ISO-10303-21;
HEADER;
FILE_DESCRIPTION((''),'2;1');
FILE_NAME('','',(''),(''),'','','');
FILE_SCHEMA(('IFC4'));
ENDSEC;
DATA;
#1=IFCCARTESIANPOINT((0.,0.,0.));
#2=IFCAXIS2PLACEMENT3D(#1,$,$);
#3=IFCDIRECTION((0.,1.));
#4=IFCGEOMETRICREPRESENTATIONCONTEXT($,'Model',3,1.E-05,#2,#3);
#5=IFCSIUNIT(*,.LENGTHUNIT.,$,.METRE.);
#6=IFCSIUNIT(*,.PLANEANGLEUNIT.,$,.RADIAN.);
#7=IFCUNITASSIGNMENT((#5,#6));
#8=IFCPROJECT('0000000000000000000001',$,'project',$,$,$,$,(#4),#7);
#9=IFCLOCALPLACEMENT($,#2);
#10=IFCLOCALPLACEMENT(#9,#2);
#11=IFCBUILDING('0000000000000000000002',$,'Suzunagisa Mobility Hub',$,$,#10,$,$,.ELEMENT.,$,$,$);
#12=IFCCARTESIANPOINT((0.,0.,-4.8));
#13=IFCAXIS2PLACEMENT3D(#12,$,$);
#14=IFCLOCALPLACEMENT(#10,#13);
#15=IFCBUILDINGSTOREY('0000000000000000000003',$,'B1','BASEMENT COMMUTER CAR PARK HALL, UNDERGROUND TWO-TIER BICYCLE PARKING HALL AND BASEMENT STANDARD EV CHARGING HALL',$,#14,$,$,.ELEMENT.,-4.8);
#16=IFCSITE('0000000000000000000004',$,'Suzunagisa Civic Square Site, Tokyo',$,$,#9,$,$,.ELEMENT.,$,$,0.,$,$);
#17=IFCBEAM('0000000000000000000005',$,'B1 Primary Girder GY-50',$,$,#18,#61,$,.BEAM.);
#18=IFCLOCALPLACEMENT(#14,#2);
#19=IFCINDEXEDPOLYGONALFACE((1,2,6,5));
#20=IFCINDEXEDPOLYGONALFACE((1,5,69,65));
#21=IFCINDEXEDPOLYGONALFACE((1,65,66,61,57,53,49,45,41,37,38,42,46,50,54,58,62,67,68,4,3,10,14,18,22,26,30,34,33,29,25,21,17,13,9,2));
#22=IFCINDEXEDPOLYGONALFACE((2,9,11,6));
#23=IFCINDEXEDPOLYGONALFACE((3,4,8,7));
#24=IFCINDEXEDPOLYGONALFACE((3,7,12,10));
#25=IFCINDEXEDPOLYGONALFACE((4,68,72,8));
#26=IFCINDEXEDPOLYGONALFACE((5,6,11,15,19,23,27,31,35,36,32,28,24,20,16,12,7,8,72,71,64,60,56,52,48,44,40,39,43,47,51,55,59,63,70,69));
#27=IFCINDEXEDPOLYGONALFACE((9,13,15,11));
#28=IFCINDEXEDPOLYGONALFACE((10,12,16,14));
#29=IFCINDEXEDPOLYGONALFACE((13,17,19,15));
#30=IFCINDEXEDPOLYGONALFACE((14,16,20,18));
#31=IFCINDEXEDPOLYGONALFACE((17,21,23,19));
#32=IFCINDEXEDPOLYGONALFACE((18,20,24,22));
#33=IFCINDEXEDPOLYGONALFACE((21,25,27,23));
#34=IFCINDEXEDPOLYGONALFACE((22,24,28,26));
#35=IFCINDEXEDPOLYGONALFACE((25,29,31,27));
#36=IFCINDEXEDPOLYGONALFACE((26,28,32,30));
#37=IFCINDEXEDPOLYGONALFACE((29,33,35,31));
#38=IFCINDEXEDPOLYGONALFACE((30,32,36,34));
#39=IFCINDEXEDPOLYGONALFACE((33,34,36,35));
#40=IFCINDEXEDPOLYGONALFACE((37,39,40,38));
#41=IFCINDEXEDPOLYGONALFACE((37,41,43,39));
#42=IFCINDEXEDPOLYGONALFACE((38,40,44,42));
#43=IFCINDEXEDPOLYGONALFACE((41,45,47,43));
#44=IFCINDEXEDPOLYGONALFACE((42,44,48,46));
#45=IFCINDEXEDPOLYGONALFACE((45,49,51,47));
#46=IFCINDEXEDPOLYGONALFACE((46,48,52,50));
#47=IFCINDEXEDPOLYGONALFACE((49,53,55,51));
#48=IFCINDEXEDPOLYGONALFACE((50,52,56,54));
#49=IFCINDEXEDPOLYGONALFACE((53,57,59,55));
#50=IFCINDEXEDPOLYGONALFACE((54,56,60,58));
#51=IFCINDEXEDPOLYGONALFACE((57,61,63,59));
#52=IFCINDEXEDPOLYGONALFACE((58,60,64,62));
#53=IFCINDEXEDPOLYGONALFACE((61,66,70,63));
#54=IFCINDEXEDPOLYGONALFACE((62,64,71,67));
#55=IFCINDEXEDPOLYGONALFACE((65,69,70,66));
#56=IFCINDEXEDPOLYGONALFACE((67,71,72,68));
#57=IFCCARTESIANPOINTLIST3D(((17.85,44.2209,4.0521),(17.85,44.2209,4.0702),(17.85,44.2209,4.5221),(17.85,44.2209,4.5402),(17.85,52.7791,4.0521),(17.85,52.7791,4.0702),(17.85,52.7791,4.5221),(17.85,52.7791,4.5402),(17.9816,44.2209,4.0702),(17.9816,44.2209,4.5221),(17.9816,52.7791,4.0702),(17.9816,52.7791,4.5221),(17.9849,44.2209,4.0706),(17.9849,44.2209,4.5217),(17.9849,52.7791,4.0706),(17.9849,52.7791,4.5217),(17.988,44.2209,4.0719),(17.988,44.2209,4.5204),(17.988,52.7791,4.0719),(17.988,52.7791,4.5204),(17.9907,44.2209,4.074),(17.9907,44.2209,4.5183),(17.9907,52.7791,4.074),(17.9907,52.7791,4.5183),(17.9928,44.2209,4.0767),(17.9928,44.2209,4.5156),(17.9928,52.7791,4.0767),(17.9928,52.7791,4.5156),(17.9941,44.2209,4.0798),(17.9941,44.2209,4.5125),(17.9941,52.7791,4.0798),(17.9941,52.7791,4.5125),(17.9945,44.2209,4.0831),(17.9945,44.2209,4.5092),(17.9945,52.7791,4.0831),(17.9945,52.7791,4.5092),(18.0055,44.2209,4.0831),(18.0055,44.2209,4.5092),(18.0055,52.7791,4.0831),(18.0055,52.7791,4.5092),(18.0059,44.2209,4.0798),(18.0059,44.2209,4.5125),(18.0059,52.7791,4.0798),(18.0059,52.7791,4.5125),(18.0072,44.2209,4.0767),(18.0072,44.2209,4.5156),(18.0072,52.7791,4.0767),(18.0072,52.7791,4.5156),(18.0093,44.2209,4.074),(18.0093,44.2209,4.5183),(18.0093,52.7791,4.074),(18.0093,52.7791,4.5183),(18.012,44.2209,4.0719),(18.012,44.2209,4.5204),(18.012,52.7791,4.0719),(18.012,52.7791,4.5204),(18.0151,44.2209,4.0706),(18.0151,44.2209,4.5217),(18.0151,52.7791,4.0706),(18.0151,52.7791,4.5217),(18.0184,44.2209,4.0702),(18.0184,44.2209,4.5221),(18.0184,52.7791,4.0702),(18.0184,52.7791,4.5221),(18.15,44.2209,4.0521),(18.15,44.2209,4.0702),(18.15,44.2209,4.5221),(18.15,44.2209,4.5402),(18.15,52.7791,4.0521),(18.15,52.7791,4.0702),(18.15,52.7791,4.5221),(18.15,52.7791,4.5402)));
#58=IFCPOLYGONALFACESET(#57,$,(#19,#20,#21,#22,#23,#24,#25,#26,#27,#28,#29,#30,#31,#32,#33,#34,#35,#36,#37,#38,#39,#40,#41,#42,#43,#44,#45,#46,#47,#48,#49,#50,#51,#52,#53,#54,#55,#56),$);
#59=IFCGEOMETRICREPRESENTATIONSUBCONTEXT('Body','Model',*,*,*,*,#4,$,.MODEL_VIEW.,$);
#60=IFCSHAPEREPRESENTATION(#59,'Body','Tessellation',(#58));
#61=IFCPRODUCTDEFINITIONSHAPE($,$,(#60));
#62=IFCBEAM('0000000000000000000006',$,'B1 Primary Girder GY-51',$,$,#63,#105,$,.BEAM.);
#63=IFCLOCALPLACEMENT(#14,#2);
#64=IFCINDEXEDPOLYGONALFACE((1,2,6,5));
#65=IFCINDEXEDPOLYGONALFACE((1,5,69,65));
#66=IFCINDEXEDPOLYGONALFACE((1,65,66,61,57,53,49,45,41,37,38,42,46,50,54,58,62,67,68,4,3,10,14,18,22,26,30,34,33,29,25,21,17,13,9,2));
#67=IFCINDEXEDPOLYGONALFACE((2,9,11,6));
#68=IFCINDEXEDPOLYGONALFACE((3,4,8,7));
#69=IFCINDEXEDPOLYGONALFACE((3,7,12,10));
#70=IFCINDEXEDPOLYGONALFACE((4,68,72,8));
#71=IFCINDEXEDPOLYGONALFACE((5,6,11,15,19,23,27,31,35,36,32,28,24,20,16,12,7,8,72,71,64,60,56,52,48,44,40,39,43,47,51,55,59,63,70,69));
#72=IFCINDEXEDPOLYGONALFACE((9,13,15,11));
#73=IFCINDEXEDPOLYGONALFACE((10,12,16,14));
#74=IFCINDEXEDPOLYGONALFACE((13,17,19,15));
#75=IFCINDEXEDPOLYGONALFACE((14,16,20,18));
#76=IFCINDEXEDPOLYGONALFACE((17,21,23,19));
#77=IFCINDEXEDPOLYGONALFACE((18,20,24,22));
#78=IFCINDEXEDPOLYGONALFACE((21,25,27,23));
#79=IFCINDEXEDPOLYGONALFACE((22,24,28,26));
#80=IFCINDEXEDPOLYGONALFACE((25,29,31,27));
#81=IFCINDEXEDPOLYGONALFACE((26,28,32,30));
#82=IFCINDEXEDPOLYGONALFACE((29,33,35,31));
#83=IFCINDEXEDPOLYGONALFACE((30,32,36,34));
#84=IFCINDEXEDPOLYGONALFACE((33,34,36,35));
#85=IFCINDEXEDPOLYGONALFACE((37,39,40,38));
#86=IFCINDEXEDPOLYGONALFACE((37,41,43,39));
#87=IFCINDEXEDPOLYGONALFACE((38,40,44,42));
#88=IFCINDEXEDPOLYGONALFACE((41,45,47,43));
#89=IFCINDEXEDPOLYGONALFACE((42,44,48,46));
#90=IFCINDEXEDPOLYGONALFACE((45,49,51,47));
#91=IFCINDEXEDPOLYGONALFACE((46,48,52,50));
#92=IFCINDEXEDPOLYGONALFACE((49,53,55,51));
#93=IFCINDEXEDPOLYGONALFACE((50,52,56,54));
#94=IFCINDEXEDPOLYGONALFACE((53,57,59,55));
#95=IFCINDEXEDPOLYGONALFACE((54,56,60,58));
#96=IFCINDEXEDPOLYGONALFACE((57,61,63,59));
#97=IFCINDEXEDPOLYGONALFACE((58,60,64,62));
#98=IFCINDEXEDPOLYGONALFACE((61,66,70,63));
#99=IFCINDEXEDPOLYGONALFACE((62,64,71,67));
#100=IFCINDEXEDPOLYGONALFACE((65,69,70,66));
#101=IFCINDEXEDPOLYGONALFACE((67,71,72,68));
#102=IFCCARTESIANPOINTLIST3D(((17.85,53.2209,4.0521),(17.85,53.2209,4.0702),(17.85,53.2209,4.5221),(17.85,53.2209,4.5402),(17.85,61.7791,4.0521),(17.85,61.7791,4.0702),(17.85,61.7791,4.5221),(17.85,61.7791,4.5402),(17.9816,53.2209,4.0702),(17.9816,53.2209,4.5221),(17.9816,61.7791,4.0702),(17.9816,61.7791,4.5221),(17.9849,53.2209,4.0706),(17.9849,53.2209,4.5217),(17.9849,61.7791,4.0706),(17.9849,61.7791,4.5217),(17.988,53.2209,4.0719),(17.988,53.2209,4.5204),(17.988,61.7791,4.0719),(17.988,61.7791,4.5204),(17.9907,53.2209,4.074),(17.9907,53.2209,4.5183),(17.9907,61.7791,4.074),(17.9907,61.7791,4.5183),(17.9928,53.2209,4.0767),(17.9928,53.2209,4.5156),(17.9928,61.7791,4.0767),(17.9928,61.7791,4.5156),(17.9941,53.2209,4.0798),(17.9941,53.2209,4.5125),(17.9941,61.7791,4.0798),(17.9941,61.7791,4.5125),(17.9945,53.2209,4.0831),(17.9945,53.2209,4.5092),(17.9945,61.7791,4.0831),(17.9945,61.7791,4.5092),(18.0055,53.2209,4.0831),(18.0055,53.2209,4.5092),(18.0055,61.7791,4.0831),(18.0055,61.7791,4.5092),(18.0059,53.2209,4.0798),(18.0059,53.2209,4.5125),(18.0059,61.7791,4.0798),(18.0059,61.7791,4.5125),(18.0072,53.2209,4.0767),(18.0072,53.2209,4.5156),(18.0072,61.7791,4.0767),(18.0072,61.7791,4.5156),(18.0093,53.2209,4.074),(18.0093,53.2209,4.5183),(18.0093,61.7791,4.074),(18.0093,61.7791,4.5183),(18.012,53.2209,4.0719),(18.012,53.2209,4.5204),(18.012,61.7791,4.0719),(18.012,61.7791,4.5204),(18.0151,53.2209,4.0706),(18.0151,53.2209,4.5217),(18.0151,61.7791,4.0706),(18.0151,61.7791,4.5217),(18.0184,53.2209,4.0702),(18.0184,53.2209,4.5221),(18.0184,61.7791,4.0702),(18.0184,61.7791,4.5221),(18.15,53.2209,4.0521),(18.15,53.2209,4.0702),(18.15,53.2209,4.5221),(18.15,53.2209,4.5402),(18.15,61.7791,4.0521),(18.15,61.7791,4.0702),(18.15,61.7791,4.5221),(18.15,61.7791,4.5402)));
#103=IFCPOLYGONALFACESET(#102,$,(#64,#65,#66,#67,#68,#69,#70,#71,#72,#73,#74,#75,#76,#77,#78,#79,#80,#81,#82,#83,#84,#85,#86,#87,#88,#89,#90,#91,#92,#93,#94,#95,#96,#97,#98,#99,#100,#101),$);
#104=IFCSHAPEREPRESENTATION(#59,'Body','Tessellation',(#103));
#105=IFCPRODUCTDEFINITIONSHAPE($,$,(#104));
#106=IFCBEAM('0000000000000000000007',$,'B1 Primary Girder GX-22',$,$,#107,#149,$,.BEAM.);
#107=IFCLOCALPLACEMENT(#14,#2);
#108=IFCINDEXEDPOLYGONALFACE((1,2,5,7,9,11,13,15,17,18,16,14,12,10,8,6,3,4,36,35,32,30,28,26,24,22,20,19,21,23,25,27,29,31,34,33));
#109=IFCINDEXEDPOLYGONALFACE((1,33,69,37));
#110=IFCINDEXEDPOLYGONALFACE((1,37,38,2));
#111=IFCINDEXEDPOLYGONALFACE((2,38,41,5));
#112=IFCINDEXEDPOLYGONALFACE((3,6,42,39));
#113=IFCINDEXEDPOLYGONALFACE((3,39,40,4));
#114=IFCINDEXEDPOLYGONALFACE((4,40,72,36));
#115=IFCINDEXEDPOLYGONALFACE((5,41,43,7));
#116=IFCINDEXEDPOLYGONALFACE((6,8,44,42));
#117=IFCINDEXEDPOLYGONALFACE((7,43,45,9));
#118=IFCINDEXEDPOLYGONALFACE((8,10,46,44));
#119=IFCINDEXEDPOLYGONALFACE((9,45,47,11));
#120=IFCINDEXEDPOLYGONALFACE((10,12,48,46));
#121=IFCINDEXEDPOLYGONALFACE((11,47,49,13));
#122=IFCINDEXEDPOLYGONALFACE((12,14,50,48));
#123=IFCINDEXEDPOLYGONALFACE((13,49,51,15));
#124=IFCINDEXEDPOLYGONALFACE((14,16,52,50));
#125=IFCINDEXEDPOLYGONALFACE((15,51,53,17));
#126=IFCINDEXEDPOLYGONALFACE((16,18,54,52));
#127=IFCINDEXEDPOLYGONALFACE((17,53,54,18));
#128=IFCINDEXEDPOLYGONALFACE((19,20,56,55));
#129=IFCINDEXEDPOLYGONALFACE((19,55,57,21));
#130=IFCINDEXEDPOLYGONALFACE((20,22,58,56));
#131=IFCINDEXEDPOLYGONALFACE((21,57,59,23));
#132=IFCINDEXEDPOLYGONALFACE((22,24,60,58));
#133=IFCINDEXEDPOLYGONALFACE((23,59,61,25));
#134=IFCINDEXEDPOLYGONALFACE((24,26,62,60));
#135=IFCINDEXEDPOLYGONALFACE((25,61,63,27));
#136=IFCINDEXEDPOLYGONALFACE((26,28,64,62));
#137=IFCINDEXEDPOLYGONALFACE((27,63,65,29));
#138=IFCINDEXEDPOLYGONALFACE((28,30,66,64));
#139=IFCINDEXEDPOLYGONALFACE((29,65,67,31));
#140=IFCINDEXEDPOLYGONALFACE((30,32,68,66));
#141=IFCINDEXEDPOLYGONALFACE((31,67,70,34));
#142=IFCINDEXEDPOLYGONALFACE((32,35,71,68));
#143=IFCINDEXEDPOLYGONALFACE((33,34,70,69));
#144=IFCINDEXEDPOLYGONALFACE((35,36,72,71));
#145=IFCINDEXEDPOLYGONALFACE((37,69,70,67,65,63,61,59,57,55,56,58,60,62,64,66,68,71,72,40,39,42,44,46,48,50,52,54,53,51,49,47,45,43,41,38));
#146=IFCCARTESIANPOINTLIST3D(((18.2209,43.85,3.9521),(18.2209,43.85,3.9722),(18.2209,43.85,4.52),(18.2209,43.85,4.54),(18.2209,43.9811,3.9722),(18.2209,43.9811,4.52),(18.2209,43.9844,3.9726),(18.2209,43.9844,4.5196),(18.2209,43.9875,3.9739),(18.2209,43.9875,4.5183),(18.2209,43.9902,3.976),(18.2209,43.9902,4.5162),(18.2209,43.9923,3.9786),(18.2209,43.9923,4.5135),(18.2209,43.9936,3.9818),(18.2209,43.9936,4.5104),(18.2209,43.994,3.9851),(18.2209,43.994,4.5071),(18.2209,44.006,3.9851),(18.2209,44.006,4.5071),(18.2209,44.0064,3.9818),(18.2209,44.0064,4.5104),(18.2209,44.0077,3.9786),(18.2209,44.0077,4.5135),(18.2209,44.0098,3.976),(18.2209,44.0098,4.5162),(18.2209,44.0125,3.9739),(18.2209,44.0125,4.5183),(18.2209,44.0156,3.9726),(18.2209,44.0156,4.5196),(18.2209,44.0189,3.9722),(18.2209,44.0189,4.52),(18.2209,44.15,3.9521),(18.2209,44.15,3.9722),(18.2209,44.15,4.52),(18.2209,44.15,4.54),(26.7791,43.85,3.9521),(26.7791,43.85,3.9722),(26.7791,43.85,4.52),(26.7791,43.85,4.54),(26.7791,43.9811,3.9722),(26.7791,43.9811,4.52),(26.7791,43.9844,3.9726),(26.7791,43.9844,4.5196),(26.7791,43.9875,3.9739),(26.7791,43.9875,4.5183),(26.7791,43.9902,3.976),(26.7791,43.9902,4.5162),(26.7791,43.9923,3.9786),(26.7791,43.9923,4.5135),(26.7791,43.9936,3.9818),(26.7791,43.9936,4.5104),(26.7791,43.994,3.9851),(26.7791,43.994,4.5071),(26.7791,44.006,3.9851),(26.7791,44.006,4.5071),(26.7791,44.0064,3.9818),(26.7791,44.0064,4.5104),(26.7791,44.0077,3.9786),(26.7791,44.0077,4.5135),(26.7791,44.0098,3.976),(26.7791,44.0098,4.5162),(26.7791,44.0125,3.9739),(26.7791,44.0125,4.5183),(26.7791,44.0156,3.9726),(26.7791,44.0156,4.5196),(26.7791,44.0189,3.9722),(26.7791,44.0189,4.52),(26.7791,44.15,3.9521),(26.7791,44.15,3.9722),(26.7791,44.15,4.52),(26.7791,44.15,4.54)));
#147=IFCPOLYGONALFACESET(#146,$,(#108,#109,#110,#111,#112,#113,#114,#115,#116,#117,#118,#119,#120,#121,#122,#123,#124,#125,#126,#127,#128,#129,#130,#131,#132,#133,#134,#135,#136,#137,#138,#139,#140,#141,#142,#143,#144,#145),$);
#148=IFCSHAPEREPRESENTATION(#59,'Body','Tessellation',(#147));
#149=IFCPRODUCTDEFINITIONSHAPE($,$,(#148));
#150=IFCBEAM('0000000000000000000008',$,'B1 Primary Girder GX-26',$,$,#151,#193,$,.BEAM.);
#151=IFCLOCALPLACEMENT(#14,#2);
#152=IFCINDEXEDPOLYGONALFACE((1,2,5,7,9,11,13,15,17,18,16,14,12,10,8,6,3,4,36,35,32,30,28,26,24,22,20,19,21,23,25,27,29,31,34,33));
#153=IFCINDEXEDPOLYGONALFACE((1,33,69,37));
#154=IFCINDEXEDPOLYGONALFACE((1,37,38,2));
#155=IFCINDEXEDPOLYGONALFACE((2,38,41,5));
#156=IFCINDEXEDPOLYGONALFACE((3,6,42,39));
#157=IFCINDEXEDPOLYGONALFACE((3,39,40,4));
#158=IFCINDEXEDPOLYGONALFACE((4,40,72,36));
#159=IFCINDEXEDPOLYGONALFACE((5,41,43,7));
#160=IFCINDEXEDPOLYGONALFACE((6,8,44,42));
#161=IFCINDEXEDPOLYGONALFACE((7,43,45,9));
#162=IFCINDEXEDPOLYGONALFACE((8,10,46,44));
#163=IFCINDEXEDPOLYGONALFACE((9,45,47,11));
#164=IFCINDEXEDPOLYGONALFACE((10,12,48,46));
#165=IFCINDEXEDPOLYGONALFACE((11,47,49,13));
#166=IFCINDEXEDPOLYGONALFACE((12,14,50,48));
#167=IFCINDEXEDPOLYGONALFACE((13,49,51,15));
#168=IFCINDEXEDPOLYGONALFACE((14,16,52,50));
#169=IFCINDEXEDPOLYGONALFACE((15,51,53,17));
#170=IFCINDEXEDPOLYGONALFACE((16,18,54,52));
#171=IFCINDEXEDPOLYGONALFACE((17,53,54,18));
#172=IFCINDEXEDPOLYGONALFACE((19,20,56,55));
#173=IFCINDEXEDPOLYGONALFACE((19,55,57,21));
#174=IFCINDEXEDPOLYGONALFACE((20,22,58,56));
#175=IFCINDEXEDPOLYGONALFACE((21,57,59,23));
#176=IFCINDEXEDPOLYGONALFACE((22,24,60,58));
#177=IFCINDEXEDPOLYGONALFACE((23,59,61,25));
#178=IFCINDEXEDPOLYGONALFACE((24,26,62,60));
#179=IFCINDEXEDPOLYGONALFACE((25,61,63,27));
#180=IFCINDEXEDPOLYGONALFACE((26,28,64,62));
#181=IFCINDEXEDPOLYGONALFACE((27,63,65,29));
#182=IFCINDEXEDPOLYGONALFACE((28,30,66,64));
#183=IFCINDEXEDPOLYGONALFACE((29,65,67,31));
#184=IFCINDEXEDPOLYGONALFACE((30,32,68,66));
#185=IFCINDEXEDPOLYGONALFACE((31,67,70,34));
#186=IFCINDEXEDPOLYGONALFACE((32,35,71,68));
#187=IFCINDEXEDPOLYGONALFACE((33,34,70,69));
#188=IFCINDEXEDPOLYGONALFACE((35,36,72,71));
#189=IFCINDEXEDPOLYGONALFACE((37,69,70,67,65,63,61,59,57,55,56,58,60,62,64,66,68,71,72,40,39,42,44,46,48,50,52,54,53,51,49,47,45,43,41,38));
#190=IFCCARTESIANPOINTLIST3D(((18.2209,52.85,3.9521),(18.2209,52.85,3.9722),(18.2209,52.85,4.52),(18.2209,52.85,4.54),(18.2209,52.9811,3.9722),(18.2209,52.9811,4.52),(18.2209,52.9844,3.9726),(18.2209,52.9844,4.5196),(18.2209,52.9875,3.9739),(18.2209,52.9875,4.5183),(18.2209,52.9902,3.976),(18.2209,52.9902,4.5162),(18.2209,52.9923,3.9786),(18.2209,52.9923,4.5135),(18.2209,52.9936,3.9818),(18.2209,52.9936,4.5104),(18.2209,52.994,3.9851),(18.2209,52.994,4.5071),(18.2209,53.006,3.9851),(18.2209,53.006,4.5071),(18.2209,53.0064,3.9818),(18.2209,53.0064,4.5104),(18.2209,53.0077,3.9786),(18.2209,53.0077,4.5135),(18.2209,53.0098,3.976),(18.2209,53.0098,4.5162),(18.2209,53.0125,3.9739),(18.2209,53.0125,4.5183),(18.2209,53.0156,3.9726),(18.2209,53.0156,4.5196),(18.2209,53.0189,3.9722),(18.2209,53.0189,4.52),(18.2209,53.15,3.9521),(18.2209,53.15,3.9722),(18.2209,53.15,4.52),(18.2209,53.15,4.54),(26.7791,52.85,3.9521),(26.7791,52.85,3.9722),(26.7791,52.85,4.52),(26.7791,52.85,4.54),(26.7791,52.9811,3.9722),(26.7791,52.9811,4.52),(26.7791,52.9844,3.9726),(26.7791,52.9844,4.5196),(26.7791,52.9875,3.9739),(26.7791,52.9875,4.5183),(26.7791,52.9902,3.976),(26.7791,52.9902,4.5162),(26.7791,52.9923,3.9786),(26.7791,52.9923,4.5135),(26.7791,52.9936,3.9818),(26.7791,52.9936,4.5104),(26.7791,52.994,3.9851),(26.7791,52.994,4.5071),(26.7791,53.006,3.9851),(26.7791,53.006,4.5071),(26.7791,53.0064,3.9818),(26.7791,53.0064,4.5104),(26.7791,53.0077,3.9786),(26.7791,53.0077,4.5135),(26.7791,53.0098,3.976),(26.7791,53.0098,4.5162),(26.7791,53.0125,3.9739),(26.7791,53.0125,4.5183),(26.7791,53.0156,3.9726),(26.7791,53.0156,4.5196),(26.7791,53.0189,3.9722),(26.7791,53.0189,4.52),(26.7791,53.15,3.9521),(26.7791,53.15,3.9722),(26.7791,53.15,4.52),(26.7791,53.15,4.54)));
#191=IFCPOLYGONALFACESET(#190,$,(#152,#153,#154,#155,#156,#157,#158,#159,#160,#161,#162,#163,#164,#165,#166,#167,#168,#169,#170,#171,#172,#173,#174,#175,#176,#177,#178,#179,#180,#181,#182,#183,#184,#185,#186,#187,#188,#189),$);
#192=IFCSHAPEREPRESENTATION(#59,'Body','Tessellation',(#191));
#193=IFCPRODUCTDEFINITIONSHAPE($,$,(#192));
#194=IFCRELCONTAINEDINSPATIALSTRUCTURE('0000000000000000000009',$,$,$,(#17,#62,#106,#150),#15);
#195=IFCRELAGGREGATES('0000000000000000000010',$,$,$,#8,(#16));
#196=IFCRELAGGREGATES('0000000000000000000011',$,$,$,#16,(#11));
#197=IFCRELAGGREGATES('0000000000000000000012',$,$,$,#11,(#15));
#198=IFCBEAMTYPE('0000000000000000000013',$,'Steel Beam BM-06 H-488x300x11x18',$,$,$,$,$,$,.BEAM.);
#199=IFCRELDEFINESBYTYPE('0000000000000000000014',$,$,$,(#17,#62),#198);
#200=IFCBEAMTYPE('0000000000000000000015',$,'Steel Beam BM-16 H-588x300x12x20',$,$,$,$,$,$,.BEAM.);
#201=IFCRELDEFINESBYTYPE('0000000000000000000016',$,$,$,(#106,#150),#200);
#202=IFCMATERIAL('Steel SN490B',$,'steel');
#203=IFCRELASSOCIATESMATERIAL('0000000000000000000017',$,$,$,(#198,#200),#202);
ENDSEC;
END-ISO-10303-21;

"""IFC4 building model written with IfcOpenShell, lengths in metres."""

from ifc_helpers import new_model, si_unit, direction, frame, origin, origin_2d, place, context, subcontext, project, spatial, i_section, extrude, material, material_profile, profile_set, type_object, element, save


model = new_model("IFC4")

# Units and contexts
model_context = context("Model", 3, precision=1e-05, world=origin(), true_north=direction((0.0, 1.0)))
body_context = subcontext(model_context, "Body", "Model", "MODEL_VIEW")
ifc_project = project(units=[si_unit("LENGTHUNIT", "METRE"), si_unit("PLANEANGLEUNIT", "RADIAN")], contexts=[model_context])

# Site, building, storey
site_placement = place(None, origin())
site = spatial("IfcSite", under=ifc_project, at=site_placement, Name="Suzunagisa Civic Square Site, Tokyo", CompositionType="ELEMENT", RefElevation=0.0)
building_placement = place(site_placement, origin())
building = spatial("IfcBuilding", under=site, at=building_placement, Name="Suzunagisa Mobility Hub", CompositionType="ELEMENT")
storey_placement = place(building_placement, frame((0.0, 0.0, -4.8)))
storey = spatial("IfcBuildingStorey", under=building, at=storey_placement, Name="B1", Description="BASEMENT COMMUTER CAR PARK HALL, UNDERGROUND TWO-TIER BICYCLE PARKING HALL AND BASEMENT STANDARD EV CHARGING HALL", CompositionType="ELEMENT", Elevation=-4.8)

# Shared definitions
ifc_material_1 = material(Name="Steel SN490B", Category="steel")

# Beams
ifc_material_profile_1 = material_profile(ifc_material_1, i_section(OverallWidth=0.3, OverallDepth=0.488, WebThickness=0.011, FlangeThickness=0.0181, FilletRadius=0.0129, at=origin_2d()), Name="H-488x300x11x18")
ifc_profile_set_1 = profile_set([ifc_material_profile_1], Name="Steel SN490B")
beam_type_1 = type_object("IfcBeamType", Name="Steel Beam BM-06 H-488x300x11x18", PredefinedType="BEAM", material=ifc_profile_set_1)
for number, where, z_axis, x_axis, name in (
    (1, (18.0, 44.2209, 4.2961), (0.0, 1.0, 0.0), (-1.0, 0.0, 0.0), "B1 Primary Girder GY-50"),
    (2, (18.0, 53.2209, 4.2961), (0.0, 1.0, 0.0), (-1.0, 0.0, 0.0), "B1 Primary Girder GY-51"),
):
    element("IfcBeam", number, at=place(storey_placement, frame(where, z_axis=z_axis, x_axis=x_axis)), inside=storey, type_object=beam_type_1, Name=name, PredefinedType="BEAM", context=body_context, shape_type="SweptSolid", body=[
        extrude(i_section(OverallWidth=0.3, OverallDepth=0.488, WebThickness=0.011, FlangeThickness=0.0181, FilletRadius=0.0129, at=origin_2d()), origin(), (0.0, 0.0, 1.0), 8.5581),
    ])
ifc_material_profile_2 = material_profile(ifc_material_1, i_section(OverallWidth=0.3, OverallDepth=0.5879, WebThickness=0.012, FlangeThickness=0.02, FilletRadius=0.0129, at=origin_2d()), Name="H-588x300x12x20")
ifc_profile_set_2 = profile_set([ifc_material_profile_2], Name="Steel SN490B")
beam_type_2 = type_object("IfcBeamType", Name="Steel Beam BM-16 H-588x300x12x20", PredefinedType="BEAM", material=ifc_profile_set_2)
for number, where, z_axis, x_axis, name in (
    (3, (18.2209, 44.0, 4.2461), (1.0, 0.0, 0.0), (0.0, 1.0, 0.0), "B1 Primary Girder GX-22"),
    (4, (18.2209, 53.0, 4.2461), (1.0, 0.0, 0.0), (0.0, 1.0, 0.0), "B1 Primary Girder GX-26"),
):
    element("IfcBeam", number, at=place(storey_placement, frame(where, z_axis=z_axis, x_axis=x_axis)), inside=storey, type_object=beam_type_2, Name=name, PredefinedType="BEAM", context=body_context, shape_type="SweptSolid", body=[
        extrude(i_section(OverallWidth=0.3, OverallDepth=0.5879, WebThickness=0.012, FlangeThickness=0.02, FilletRadius=0.0129, at=origin_2d()), origin(), (0.0, 0.0, 1.0), 8.5581),
    ])

save(model, "model.ifc")
